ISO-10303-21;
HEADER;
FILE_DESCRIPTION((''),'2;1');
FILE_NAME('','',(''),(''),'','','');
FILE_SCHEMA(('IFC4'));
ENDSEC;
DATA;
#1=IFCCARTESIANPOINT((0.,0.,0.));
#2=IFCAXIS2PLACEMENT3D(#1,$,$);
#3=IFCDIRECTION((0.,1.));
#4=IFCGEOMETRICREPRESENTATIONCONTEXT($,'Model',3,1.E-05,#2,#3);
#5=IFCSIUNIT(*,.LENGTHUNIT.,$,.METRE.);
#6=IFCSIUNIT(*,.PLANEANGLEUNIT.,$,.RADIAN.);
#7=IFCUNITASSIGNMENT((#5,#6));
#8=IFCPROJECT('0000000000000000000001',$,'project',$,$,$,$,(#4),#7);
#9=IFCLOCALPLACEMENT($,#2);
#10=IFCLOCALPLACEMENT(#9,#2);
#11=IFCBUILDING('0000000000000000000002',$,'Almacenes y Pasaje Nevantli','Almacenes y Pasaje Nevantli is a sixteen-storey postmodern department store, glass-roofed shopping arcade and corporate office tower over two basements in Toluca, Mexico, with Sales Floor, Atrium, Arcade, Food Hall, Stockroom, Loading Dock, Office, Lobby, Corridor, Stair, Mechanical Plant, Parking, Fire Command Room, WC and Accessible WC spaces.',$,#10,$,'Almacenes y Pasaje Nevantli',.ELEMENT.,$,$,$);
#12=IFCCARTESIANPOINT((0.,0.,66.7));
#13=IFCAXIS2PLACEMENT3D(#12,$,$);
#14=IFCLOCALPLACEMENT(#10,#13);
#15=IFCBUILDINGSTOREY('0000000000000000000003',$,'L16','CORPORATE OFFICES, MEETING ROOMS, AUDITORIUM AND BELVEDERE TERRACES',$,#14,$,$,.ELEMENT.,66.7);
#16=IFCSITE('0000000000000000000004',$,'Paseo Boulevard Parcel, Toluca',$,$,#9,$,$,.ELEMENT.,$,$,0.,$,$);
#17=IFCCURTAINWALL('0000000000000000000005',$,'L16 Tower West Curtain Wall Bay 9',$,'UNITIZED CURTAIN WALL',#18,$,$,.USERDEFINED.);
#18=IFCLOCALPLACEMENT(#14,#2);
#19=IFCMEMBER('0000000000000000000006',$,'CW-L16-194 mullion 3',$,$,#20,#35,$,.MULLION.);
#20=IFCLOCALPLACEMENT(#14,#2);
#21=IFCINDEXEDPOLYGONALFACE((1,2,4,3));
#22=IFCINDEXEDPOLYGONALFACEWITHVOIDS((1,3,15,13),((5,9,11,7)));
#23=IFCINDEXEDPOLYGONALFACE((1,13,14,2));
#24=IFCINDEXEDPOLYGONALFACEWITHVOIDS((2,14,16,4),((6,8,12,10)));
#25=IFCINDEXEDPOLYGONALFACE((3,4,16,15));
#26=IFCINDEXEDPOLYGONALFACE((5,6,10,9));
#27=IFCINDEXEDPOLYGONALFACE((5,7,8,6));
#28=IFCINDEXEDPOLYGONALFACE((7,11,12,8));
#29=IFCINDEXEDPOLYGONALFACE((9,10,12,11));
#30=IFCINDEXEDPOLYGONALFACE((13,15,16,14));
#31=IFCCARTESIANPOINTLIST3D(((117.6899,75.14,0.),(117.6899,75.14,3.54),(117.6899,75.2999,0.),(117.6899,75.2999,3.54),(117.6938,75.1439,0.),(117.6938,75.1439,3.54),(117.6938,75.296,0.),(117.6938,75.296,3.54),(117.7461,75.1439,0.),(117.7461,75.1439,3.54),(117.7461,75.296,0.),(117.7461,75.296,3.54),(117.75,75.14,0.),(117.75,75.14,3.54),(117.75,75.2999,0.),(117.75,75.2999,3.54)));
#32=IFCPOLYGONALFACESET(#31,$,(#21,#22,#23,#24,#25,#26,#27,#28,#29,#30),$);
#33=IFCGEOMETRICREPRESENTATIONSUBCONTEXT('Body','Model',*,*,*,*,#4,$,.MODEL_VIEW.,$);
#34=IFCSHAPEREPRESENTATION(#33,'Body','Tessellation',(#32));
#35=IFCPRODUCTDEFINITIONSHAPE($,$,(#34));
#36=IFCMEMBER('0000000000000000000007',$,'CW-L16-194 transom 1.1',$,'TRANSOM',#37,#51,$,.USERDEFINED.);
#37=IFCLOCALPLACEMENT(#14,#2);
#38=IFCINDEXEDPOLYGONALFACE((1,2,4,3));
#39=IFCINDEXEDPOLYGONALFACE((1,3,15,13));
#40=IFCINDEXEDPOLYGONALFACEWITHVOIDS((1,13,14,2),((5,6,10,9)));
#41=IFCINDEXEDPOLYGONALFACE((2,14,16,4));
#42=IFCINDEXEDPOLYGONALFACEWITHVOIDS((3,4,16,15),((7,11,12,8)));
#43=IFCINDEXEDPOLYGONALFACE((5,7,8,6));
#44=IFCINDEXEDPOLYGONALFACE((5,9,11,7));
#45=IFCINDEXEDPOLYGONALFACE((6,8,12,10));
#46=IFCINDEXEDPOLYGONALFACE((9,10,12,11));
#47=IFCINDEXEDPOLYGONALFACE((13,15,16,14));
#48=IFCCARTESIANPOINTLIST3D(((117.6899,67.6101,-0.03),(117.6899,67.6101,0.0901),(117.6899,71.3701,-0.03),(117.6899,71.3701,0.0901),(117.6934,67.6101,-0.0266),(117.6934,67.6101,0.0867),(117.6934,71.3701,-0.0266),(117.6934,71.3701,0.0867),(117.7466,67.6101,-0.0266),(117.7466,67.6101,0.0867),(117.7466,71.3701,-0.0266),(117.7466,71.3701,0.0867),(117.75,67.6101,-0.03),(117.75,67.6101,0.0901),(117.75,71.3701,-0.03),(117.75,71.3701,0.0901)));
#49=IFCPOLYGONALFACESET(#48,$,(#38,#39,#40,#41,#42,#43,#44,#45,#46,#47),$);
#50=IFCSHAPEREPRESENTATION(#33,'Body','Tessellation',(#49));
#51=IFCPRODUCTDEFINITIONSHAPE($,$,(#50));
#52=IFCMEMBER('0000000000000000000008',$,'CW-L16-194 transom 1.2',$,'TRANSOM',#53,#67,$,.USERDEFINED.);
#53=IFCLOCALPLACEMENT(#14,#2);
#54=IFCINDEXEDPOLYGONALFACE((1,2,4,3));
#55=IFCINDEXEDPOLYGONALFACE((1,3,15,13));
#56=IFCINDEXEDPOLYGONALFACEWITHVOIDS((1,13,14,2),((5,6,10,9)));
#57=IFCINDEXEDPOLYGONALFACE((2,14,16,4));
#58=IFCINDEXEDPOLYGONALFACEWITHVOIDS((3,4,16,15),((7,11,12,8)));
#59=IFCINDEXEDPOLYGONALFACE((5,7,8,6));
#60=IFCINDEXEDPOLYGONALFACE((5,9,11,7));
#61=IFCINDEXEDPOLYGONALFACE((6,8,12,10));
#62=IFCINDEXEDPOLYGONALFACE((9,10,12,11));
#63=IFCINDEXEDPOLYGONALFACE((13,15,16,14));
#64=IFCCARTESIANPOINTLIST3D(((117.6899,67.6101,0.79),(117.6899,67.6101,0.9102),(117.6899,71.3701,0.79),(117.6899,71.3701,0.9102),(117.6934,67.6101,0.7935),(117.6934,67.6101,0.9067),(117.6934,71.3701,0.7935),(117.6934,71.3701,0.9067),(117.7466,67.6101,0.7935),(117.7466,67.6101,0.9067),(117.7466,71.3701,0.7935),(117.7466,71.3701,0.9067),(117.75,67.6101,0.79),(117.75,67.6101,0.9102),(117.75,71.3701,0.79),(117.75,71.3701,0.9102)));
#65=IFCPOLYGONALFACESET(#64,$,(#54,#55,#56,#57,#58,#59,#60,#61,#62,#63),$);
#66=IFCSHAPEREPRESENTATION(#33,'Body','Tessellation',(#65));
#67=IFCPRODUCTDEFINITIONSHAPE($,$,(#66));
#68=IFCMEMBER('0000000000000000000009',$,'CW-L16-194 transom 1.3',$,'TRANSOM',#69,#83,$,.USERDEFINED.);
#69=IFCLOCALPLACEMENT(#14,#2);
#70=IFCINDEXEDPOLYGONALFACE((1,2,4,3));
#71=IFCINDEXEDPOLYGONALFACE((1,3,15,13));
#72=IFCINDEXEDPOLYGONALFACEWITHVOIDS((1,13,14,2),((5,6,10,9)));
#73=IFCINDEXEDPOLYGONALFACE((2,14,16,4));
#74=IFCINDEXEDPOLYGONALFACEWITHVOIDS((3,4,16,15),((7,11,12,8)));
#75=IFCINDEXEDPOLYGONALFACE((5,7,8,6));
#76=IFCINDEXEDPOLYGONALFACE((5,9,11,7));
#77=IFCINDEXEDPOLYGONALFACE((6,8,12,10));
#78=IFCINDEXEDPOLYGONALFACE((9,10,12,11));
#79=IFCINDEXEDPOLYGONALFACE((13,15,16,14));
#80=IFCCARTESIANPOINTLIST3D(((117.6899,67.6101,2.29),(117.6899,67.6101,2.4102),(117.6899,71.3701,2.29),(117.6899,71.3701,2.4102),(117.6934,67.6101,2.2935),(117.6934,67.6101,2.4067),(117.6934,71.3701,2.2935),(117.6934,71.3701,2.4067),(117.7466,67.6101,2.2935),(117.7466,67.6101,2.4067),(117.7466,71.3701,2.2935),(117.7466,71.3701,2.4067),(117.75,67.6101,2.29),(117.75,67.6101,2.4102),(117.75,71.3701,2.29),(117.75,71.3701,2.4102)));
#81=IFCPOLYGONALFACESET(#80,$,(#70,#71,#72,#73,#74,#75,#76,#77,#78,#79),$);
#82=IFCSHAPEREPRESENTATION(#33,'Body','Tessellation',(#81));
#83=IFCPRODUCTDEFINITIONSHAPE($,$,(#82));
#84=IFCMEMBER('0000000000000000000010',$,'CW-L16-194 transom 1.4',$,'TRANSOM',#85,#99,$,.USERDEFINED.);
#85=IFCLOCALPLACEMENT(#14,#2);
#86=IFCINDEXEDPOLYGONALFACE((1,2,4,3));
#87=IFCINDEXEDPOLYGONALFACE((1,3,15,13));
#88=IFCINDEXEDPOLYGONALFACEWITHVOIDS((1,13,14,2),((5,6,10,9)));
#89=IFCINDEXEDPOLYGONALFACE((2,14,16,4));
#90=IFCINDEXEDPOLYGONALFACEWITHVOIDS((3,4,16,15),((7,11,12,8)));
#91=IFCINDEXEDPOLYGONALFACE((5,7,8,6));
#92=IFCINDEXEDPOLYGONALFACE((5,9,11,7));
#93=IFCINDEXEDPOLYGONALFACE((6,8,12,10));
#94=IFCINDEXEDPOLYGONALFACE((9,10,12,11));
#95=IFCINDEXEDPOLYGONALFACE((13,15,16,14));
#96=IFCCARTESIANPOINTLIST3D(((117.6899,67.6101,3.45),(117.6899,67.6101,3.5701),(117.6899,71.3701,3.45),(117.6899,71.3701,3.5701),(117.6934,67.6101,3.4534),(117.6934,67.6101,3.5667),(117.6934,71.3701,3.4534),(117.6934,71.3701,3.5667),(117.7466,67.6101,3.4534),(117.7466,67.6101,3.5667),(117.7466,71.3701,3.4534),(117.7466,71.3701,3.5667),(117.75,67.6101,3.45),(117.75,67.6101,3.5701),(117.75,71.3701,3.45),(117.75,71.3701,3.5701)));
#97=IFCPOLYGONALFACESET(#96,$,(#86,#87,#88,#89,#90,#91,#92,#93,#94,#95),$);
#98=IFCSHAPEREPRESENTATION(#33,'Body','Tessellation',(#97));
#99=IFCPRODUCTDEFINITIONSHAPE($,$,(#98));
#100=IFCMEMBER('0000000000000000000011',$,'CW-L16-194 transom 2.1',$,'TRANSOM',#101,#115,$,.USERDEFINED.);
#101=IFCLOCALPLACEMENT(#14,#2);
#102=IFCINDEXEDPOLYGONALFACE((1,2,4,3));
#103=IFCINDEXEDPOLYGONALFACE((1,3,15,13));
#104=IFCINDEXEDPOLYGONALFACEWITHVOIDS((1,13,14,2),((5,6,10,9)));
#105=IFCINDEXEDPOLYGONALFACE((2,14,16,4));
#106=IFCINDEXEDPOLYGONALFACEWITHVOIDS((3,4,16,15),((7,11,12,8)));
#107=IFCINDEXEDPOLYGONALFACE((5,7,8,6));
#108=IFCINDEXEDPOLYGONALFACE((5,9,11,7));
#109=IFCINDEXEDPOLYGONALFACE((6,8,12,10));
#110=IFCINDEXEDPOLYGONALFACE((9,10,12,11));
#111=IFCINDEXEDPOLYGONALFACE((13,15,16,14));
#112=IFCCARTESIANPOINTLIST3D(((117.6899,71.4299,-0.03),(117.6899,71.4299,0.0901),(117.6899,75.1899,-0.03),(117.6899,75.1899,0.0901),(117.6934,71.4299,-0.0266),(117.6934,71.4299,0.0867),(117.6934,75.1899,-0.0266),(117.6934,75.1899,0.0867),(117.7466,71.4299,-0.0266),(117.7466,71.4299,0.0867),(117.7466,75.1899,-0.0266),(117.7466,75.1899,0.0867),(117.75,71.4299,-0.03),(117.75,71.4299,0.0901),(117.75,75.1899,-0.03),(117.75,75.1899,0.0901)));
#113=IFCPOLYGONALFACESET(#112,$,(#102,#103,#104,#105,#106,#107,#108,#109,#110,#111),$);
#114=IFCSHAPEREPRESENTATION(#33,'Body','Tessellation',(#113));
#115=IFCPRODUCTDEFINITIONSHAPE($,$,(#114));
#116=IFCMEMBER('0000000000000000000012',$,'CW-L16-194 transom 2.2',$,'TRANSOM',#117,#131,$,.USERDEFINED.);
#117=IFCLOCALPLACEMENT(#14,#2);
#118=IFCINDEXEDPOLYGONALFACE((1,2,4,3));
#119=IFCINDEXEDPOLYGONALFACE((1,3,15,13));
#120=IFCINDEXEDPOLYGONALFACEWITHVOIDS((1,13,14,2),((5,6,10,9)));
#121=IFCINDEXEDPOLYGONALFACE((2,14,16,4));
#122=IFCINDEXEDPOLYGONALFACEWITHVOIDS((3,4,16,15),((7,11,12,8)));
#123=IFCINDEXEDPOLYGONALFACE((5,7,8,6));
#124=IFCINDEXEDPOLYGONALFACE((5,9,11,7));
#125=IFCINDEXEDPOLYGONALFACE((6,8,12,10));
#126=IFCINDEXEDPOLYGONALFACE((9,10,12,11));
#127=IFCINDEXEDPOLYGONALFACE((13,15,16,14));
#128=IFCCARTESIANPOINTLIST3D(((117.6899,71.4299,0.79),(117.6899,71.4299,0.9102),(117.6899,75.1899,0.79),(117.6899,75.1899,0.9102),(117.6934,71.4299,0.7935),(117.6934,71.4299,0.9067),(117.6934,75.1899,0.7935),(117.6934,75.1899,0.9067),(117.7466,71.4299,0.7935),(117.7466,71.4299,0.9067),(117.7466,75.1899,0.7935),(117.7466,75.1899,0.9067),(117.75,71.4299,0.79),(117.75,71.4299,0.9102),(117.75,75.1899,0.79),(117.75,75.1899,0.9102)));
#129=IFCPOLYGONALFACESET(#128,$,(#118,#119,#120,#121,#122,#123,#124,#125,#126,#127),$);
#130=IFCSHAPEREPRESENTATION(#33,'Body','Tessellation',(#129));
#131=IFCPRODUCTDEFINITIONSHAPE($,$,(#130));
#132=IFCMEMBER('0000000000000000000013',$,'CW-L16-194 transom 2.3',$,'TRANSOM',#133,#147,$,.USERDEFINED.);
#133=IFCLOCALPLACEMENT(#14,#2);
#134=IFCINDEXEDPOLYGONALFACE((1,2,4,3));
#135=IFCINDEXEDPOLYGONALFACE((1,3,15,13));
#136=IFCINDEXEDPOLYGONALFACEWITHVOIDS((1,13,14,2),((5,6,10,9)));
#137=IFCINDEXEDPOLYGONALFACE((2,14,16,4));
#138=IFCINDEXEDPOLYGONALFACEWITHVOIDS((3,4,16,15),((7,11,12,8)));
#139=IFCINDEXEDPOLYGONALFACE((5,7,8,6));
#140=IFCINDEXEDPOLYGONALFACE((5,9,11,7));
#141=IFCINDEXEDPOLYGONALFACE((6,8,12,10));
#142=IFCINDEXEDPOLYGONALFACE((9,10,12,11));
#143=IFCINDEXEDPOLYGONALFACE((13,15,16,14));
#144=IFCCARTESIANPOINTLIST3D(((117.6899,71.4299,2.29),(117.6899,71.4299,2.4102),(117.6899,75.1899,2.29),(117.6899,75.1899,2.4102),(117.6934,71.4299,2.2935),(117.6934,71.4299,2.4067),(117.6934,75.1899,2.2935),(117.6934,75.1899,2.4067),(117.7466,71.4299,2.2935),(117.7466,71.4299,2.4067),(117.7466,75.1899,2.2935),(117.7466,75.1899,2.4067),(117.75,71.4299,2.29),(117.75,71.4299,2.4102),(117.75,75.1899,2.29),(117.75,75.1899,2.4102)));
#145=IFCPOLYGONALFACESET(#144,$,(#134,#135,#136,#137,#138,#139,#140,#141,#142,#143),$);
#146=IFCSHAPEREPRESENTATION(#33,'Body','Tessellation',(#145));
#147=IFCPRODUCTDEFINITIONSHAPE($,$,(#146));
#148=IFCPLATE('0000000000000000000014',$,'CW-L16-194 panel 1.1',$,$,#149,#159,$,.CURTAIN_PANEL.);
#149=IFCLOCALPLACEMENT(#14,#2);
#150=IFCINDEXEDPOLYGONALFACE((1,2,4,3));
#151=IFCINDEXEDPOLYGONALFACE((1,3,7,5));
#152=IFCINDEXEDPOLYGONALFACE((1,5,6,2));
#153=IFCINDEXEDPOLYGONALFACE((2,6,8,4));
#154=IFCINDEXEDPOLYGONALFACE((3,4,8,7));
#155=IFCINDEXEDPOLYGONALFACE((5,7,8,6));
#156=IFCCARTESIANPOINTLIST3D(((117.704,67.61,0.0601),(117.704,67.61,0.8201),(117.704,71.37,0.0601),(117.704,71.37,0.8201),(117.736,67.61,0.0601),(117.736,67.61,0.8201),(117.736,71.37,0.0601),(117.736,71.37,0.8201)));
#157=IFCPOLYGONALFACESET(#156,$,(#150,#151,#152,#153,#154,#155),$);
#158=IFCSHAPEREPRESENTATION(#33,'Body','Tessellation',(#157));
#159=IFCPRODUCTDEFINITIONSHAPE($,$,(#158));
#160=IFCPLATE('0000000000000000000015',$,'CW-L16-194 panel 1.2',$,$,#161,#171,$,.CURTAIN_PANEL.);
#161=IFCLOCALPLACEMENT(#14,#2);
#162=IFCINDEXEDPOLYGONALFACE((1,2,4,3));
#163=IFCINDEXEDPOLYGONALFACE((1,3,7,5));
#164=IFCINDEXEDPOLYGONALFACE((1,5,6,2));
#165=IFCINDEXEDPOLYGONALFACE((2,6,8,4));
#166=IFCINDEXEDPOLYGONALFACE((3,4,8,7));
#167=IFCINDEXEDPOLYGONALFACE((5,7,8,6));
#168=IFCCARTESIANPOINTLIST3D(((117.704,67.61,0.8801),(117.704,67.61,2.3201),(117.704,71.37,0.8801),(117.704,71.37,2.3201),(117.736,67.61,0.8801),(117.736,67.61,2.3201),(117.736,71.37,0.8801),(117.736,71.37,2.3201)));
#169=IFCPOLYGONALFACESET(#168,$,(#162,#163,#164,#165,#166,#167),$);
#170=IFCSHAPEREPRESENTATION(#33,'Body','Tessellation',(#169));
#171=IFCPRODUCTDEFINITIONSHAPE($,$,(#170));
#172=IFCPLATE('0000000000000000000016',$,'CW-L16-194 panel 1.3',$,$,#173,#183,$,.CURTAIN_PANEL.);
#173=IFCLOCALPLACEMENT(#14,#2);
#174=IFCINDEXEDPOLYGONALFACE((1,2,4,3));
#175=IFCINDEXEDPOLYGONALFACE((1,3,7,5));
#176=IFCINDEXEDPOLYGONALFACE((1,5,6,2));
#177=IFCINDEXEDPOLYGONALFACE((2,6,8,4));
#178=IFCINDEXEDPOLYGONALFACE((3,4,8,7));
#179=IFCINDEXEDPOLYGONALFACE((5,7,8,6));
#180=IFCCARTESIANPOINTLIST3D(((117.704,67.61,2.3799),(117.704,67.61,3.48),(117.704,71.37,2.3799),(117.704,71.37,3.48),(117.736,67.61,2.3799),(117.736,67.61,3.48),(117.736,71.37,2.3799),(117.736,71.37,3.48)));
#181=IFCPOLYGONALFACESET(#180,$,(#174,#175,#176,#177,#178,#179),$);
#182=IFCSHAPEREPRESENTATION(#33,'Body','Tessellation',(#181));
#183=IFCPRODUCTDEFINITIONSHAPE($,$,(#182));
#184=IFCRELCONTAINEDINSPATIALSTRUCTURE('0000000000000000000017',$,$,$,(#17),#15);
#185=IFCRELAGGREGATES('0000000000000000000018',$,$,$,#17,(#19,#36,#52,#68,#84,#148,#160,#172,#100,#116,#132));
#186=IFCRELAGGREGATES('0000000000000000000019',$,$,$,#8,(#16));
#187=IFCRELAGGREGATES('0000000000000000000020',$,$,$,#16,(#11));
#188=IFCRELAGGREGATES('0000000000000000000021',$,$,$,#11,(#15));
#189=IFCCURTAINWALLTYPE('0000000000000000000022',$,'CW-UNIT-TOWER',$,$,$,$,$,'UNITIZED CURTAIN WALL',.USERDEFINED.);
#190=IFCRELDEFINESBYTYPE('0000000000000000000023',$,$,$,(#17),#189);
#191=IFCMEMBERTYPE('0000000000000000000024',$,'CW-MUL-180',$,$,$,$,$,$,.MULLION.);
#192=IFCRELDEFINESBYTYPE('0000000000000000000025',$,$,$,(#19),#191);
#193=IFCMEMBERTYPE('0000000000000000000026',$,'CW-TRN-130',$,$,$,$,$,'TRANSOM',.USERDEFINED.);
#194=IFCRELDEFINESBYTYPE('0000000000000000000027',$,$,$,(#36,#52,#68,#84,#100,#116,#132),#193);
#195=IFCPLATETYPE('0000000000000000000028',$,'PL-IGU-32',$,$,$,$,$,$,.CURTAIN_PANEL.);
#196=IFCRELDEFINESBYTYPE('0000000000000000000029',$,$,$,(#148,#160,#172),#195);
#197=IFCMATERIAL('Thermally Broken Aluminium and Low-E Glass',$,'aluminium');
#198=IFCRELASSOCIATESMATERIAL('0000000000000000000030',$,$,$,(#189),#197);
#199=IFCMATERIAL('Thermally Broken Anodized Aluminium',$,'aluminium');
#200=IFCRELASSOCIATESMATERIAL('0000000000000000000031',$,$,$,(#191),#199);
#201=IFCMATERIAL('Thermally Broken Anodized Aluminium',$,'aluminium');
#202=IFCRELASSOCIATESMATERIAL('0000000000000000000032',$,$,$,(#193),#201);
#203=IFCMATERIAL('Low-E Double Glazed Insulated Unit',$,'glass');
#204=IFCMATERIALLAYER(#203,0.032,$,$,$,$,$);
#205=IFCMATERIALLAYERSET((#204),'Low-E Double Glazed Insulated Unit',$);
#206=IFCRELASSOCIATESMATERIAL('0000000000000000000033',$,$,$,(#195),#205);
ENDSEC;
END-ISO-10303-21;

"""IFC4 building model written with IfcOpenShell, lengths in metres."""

from ifc_helpers import new_model, si_unit, direction, frame, origin, origin_2d, place, context, subcontext, project, spatial, rectangle, hollow_rectangle, extrude, material, layer, layer_set, material_profile, profile_set, type_object, element, aggregate, save


model = new_model("IFC4")

# Units and contexts
model_context = context("Model", 3, precision=1e-05, world=origin(), true_north=direction((0.0, 1.0)))
body_context = subcontext(model_context, "Body", "Model", "MODEL_VIEW")
ifc_project = project(units=[si_unit("LENGTHUNIT", "METRE"), si_unit("PLANEANGLEUNIT", "RADIAN")], contexts=[model_context])

# Site, building, storey
site_placement = place(None, origin())
site = spatial("IfcSite", under=ifc_project, at=site_placement, Name="Paseo Boulevard Parcel, Toluca", CompositionType="ELEMENT", RefElevation=0.0)
building_placement = place(site_placement, origin())
building = spatial("IfcBuilding", under=site, at=building_placement, Name="Almacenes y Pasaje Nevantli", Description="Almacenes y Pasaje Nevantli is a sixteen-storey postmodern department store, glass-roofed shopping arcade and corporate office tower over two basements in Toluca, Mexico, with Sales Floor, Atrium, Arcade, Food Hall, Stockroom, Loading Dock, Office, Lobby, Corridor, Stair, Mechanical Plant, Parking, Fire Command Room, WC and Accessible WC spaces.", LongName="Almacenes y Pasaje Nevantli", CompositionType="ELEMENT")
storey_placement = place(building_placement, frame((0.0, 0.0, 66.7)))
storey = spatial("IfcBuildingStorey", under=building, at=storey_placement, Name="L16", Description="CORPORATE OFFICES, MEETING ROOMS, AUDITORIUM AND BELVEDERE TERRACES", CompositionType="ELEMENT", Elevation=66.7)

# Curtain wall, members, plates
ifc_material_1 = material(Name="Thermally Broken Aluminium and Low-E Glass", Category="aluminium")
curtain_wall_type = type_object("IfcCurtainWallType", Name="CW-UNIT-TOWER", ElementType="UNITIZED CURTAIN WALL", PredefinedType="USERDEFINED", material=ifc_material_1)
curtain_wall_placement = place(storey_placement, origin())
curtain_wall = element("IfcCurtainWall", 1, at=curtain_wall_placement, inside=storey, type_object=curtain_wall_type, Name="L16 Tower West Curtain Wall Bay 9", ObjectType="UNITIZED CURTAIN WALL", PredefinedType="USERDEFINED")
ifc_material_2 = material(Name="Thermally Broken Anodized Aluminium", Category="aluminium")
ifc_material_profile_1 = material_profile(ifc_material_2, hollow_rectangle(XDim=0.0601, YDim=0.1599, WallThickness=0.0039, at=origin_2d()), Name="ALU-MUL-60x160")
ifc_profile_set_1 = profile_set([ifc_material_profile_1], Name="Thermally Broken Anodized Aluminium")
member_type_1 = type_object("IfcMemberType", Name="CW-MUL-180", PredefinedType="MULLION", material=ifc_profile_set_1)
member_1_placement = place(storey_placement, frame((117.72, 75.22, 0.0), z_axis=(0.0, 0.0, 1.0), x_axis=(-1.0, 0.0, 0.0)))
member_1 = element("IfcMember", 2, at=member_1_placement, type_object=member_type_1, Name="CW-L16-194 mullion 3", PredefinedType="MULLION", context=body_context, shape_type="SweptSolid", body=[
    extrude(hollow_rectangle(XDim=0.0601, YDim=0.1599, WallThickness=0.0039, at=origin_2d()), origin(), (0.0, 0.0, 1.0), 3.54),
])
ifc_material_3 = material(Name="Thermally Broken Anodized Aluminium", Category="aluminium")
ifc_material_profile_2 = material_profile(ifc_material_3, hollow_rectangle(XDim=0.0601, YDim=0.1201, WallThickness=0.0034, at=origin_2d()), Name="ALU-TRN-60x120")
ifc_profile_set_2 = profile_set([ifc_material_profile_2], Name="Thermally Broken Anodized Aluminium")
member_type_2 = type_object("IfcMemberType", Name="CW-TRN-130", ElementType="TRANSOM", PredefinedType="USERDEFINED", material=ifc_profile_set_2)
member_2_placement = place(storey_placement, frame((117.72, 67.6101, 0.03), z_axis=(0.0, 1.0, 0.0), x_axis=(-1.0, 0.0, 0.0)))
member_2 = element("IfcMember", 3, at=member_2_placement, type_object=member_type_2, Name="CW-L16-194 transom 1.1", ObjectType="TRANSOM", PredefinedType="USERDEFINED", context=body_context, shape_type="SweptSolid", body=[
    extrude(hollow_rectangle(XDim=0.0601, YDim=0.1201, WallThickness=0.0034, at=origin_2d()), origin(), (0.0, 0.0, 1.0), 3.76),
])
member_3_placement = place(storey_placement, frame((117.72, 67.6101, 0.8501), z_axis=(0.0, 1.0, 0.0), x_axis=(-1.0, 0.0, 0.0)))
member_3 = element("IfcMember", 4, at=member_3_placement, type_object=member_type_2, Name="CW-L16-194 transom 1.2", ObjectType="TRANSOM", PredefinedType="USERDEFINED", context=body_context, shape_type="SweptSolid", body=[
    extrude(hollow_rectangle(XDim=0.0601, YDim=0.1201, WallThickness=0.0034, at=origin_2d()), origin(), (0.0, 0.0, 1.0), 3.76),
])
member_4_placement = place(storey_placement, frame((117.72, 67.6101, 2.3501), z_axis=(0.0, 1.0, 0.0), x_axis=(-1.0, 0.0, 0.0)))
member_4 = element("IfcMember", 5, at=member_4_placement, type_object=member_type_2, Name="CW-L16-194 transom 1.3", ObjectType="TRANSOM", PredefinedType="USERDEFINED", context=body_context, shape_type="SweptSolid", body=[
    extrude(hollow_rectangle(XDim=0.0601, YDim=0.1201, WallThickness=0.0034, at=origin_2d()), origin(), (0.0, 0.0, 1.0), 3.76),
])
member_5_placement = place(storey_placement, frame((117.72, 67.6101, 3.51), z_axis=(0.0, 1.0, 0.0), x_axis=(-1.0, 0.0, 0.0)))
member_5 = element("IfcMember", 6, at=member_5_placement, type_object=member_type_2, Name="CW-L16-194 transom 1.4", ObjectType="TRANSOM", PredefinedType="USERDEFINED", context=body_context, shape_type="SweptSolid", body=[
    extrude(hollow_rectangle(XDim=0.0601, YDim=0.1201, WallThickness=0.0034, at=origin_2d()), origin(), (0.0, 0.0, 1.0), 3.76),
])
member_6_placement = place(storey_placement, frame((117.72, 71.4299, 0.03), z_axis=(0.0, 1.0, 0.0), x_axis=(-1.0, 0.0, 0.0)))
member_6 = element("IfcMember", 7, at=member_6_placement, type_object=member_type_2, Name="CW-L16-194 transom 2.1", ObjectType="TRANSOM", PredefinedType="USERDEFINED", context=body_context, shape_type="SweptSolid", body=[
    extrude(hollow_rectangle(XDim=0.0601, YDim=0.1201, WallThickness=0.0034, at=origin_2d()), origin(), (0.0, 0.0, 1.0), 3.76),
])
member_7_placement = place(storey_placement, frame((117.72, 71.4299, 0.8501), z_axis=(0.0, 1.0, 0.0), x_axis=(-1.0, 0.0, 0.0)))
member_7 = element("IfcMember", 8, at=member_7_placement, type_object=member_type_2, Name="CW-L16-194 transom 2.2", ObjectType="TRANSOM", PredefinedType="USERDEFINED", context=body_context, shape_type="SweptSolid", body=[
    extrude(hollow_rectangle(XDim=0.0601, YDim=0.1201, WallThickness=0.0034, at=origin_2d()), origin(), (0.0, 0.0, 1.0), 3.76),
])
member_8_placement = place(storey_placement, frame((117.72, 71.4299, 2.3501), z_axis=(0.0, 1.0, 0.0), x_axis=(-1.0, 0.0, 0.0)))
member_8 = element("IfcMember", 9, at=member_8_placement, type_object=member_type_2, Name="CW-L16-194 transom 2.3", ObjectType="TRANSOM", PredefinedType="USERDEFINED", context=body_context, shape_type="SweptSolid", body=[
    extrude(hollow_rectangle(XDim=0.0601, YDim=0.1201, WallThickness=0.0034, at=origin_2d()), origin(), (0.0, 0.0, 1.0), 3.76),
])
ifc_material_4 = material(Name="Low-E Double Glazed Insulated Unit", Category="glass")
ifc_layer_1 = layer(ifc_material_4, 0.032)
ifc_layer_set_1 = layer_set([ifc_layer_1], Name="Low-E Double Glazed Insulated Unit")
plate_type = type_object("IfcPlateType", Name="PL-IGU-32", PredefinedType="CURTAIN_PANEL", material=ifc_layer_set_1)
plate_1_placement = place(storey_placement, frame((117.72, 69.49, 0.0601), z_axis=(0.0, 0.0, 1.0), x_axis=(0.0, 1.0, 0.0)))
plate_1 = element("IfcPlate", 10, at=plate_1_placement, type_object=plate_type, Name="CW-L16-194 panel 1.1", PredefinedType="CURTAIN_PANEL", context=body_context, shape_type="SweptSolid", body=[
    extrude(rectangle(XDim=3.76, YDim=0.032, at=origin_2d()), origin(), (0.0, 0.0, 1.0), 0.76),
])
plate_2_placement = place(storey_placement, frame((117.72, 69.49, 0.8801), z_axis=(0.0, 0.0, 1.0), x_axis=(0.0, 1.0, 0.0)))
plate_2 = element("IfcPlate", 11, at=plate_2_placement, type_object=plate_type, Name="CW-L16-194 panel 1.2", PredefinedType="CURTAIN_PANEL", context=body_context, shape_type="SweptSolid", body=[
    extrude(rectangle(XDim=3.76, YDim=0.032, at=origin_2d()), origin(), (0.0, 0.0, 1.0), 1.4399),
])
plate_3_placement = place(storey_placement, frame((117.72, 69.49, 2.3799), z_axis=(0.0, 0.0, 1.0), x_axis=(0.0, 1.0, 0.0)))
plate_3 = element("IfcPlate", 12, at=plate_3_placement, type_object=plate_type, Name="CW-L16-194 panel 1.3", PredefinedType="CURTAIN_PANEL", context=body_context, shape_type="SweptSolid", body=[
    extrude(rectangle(XDim=3.76, YDim=0.032, at=origin_2d()), origin(), (0.0, 0.0, 1.0), 1.1001),
])
aggregate(curtain_wall, [member_1, member_2, member_3, member_4, member_5, plate_1, plate_2, plate_3, member_6, member_7, member_8])

save(model, "model.ifc")
